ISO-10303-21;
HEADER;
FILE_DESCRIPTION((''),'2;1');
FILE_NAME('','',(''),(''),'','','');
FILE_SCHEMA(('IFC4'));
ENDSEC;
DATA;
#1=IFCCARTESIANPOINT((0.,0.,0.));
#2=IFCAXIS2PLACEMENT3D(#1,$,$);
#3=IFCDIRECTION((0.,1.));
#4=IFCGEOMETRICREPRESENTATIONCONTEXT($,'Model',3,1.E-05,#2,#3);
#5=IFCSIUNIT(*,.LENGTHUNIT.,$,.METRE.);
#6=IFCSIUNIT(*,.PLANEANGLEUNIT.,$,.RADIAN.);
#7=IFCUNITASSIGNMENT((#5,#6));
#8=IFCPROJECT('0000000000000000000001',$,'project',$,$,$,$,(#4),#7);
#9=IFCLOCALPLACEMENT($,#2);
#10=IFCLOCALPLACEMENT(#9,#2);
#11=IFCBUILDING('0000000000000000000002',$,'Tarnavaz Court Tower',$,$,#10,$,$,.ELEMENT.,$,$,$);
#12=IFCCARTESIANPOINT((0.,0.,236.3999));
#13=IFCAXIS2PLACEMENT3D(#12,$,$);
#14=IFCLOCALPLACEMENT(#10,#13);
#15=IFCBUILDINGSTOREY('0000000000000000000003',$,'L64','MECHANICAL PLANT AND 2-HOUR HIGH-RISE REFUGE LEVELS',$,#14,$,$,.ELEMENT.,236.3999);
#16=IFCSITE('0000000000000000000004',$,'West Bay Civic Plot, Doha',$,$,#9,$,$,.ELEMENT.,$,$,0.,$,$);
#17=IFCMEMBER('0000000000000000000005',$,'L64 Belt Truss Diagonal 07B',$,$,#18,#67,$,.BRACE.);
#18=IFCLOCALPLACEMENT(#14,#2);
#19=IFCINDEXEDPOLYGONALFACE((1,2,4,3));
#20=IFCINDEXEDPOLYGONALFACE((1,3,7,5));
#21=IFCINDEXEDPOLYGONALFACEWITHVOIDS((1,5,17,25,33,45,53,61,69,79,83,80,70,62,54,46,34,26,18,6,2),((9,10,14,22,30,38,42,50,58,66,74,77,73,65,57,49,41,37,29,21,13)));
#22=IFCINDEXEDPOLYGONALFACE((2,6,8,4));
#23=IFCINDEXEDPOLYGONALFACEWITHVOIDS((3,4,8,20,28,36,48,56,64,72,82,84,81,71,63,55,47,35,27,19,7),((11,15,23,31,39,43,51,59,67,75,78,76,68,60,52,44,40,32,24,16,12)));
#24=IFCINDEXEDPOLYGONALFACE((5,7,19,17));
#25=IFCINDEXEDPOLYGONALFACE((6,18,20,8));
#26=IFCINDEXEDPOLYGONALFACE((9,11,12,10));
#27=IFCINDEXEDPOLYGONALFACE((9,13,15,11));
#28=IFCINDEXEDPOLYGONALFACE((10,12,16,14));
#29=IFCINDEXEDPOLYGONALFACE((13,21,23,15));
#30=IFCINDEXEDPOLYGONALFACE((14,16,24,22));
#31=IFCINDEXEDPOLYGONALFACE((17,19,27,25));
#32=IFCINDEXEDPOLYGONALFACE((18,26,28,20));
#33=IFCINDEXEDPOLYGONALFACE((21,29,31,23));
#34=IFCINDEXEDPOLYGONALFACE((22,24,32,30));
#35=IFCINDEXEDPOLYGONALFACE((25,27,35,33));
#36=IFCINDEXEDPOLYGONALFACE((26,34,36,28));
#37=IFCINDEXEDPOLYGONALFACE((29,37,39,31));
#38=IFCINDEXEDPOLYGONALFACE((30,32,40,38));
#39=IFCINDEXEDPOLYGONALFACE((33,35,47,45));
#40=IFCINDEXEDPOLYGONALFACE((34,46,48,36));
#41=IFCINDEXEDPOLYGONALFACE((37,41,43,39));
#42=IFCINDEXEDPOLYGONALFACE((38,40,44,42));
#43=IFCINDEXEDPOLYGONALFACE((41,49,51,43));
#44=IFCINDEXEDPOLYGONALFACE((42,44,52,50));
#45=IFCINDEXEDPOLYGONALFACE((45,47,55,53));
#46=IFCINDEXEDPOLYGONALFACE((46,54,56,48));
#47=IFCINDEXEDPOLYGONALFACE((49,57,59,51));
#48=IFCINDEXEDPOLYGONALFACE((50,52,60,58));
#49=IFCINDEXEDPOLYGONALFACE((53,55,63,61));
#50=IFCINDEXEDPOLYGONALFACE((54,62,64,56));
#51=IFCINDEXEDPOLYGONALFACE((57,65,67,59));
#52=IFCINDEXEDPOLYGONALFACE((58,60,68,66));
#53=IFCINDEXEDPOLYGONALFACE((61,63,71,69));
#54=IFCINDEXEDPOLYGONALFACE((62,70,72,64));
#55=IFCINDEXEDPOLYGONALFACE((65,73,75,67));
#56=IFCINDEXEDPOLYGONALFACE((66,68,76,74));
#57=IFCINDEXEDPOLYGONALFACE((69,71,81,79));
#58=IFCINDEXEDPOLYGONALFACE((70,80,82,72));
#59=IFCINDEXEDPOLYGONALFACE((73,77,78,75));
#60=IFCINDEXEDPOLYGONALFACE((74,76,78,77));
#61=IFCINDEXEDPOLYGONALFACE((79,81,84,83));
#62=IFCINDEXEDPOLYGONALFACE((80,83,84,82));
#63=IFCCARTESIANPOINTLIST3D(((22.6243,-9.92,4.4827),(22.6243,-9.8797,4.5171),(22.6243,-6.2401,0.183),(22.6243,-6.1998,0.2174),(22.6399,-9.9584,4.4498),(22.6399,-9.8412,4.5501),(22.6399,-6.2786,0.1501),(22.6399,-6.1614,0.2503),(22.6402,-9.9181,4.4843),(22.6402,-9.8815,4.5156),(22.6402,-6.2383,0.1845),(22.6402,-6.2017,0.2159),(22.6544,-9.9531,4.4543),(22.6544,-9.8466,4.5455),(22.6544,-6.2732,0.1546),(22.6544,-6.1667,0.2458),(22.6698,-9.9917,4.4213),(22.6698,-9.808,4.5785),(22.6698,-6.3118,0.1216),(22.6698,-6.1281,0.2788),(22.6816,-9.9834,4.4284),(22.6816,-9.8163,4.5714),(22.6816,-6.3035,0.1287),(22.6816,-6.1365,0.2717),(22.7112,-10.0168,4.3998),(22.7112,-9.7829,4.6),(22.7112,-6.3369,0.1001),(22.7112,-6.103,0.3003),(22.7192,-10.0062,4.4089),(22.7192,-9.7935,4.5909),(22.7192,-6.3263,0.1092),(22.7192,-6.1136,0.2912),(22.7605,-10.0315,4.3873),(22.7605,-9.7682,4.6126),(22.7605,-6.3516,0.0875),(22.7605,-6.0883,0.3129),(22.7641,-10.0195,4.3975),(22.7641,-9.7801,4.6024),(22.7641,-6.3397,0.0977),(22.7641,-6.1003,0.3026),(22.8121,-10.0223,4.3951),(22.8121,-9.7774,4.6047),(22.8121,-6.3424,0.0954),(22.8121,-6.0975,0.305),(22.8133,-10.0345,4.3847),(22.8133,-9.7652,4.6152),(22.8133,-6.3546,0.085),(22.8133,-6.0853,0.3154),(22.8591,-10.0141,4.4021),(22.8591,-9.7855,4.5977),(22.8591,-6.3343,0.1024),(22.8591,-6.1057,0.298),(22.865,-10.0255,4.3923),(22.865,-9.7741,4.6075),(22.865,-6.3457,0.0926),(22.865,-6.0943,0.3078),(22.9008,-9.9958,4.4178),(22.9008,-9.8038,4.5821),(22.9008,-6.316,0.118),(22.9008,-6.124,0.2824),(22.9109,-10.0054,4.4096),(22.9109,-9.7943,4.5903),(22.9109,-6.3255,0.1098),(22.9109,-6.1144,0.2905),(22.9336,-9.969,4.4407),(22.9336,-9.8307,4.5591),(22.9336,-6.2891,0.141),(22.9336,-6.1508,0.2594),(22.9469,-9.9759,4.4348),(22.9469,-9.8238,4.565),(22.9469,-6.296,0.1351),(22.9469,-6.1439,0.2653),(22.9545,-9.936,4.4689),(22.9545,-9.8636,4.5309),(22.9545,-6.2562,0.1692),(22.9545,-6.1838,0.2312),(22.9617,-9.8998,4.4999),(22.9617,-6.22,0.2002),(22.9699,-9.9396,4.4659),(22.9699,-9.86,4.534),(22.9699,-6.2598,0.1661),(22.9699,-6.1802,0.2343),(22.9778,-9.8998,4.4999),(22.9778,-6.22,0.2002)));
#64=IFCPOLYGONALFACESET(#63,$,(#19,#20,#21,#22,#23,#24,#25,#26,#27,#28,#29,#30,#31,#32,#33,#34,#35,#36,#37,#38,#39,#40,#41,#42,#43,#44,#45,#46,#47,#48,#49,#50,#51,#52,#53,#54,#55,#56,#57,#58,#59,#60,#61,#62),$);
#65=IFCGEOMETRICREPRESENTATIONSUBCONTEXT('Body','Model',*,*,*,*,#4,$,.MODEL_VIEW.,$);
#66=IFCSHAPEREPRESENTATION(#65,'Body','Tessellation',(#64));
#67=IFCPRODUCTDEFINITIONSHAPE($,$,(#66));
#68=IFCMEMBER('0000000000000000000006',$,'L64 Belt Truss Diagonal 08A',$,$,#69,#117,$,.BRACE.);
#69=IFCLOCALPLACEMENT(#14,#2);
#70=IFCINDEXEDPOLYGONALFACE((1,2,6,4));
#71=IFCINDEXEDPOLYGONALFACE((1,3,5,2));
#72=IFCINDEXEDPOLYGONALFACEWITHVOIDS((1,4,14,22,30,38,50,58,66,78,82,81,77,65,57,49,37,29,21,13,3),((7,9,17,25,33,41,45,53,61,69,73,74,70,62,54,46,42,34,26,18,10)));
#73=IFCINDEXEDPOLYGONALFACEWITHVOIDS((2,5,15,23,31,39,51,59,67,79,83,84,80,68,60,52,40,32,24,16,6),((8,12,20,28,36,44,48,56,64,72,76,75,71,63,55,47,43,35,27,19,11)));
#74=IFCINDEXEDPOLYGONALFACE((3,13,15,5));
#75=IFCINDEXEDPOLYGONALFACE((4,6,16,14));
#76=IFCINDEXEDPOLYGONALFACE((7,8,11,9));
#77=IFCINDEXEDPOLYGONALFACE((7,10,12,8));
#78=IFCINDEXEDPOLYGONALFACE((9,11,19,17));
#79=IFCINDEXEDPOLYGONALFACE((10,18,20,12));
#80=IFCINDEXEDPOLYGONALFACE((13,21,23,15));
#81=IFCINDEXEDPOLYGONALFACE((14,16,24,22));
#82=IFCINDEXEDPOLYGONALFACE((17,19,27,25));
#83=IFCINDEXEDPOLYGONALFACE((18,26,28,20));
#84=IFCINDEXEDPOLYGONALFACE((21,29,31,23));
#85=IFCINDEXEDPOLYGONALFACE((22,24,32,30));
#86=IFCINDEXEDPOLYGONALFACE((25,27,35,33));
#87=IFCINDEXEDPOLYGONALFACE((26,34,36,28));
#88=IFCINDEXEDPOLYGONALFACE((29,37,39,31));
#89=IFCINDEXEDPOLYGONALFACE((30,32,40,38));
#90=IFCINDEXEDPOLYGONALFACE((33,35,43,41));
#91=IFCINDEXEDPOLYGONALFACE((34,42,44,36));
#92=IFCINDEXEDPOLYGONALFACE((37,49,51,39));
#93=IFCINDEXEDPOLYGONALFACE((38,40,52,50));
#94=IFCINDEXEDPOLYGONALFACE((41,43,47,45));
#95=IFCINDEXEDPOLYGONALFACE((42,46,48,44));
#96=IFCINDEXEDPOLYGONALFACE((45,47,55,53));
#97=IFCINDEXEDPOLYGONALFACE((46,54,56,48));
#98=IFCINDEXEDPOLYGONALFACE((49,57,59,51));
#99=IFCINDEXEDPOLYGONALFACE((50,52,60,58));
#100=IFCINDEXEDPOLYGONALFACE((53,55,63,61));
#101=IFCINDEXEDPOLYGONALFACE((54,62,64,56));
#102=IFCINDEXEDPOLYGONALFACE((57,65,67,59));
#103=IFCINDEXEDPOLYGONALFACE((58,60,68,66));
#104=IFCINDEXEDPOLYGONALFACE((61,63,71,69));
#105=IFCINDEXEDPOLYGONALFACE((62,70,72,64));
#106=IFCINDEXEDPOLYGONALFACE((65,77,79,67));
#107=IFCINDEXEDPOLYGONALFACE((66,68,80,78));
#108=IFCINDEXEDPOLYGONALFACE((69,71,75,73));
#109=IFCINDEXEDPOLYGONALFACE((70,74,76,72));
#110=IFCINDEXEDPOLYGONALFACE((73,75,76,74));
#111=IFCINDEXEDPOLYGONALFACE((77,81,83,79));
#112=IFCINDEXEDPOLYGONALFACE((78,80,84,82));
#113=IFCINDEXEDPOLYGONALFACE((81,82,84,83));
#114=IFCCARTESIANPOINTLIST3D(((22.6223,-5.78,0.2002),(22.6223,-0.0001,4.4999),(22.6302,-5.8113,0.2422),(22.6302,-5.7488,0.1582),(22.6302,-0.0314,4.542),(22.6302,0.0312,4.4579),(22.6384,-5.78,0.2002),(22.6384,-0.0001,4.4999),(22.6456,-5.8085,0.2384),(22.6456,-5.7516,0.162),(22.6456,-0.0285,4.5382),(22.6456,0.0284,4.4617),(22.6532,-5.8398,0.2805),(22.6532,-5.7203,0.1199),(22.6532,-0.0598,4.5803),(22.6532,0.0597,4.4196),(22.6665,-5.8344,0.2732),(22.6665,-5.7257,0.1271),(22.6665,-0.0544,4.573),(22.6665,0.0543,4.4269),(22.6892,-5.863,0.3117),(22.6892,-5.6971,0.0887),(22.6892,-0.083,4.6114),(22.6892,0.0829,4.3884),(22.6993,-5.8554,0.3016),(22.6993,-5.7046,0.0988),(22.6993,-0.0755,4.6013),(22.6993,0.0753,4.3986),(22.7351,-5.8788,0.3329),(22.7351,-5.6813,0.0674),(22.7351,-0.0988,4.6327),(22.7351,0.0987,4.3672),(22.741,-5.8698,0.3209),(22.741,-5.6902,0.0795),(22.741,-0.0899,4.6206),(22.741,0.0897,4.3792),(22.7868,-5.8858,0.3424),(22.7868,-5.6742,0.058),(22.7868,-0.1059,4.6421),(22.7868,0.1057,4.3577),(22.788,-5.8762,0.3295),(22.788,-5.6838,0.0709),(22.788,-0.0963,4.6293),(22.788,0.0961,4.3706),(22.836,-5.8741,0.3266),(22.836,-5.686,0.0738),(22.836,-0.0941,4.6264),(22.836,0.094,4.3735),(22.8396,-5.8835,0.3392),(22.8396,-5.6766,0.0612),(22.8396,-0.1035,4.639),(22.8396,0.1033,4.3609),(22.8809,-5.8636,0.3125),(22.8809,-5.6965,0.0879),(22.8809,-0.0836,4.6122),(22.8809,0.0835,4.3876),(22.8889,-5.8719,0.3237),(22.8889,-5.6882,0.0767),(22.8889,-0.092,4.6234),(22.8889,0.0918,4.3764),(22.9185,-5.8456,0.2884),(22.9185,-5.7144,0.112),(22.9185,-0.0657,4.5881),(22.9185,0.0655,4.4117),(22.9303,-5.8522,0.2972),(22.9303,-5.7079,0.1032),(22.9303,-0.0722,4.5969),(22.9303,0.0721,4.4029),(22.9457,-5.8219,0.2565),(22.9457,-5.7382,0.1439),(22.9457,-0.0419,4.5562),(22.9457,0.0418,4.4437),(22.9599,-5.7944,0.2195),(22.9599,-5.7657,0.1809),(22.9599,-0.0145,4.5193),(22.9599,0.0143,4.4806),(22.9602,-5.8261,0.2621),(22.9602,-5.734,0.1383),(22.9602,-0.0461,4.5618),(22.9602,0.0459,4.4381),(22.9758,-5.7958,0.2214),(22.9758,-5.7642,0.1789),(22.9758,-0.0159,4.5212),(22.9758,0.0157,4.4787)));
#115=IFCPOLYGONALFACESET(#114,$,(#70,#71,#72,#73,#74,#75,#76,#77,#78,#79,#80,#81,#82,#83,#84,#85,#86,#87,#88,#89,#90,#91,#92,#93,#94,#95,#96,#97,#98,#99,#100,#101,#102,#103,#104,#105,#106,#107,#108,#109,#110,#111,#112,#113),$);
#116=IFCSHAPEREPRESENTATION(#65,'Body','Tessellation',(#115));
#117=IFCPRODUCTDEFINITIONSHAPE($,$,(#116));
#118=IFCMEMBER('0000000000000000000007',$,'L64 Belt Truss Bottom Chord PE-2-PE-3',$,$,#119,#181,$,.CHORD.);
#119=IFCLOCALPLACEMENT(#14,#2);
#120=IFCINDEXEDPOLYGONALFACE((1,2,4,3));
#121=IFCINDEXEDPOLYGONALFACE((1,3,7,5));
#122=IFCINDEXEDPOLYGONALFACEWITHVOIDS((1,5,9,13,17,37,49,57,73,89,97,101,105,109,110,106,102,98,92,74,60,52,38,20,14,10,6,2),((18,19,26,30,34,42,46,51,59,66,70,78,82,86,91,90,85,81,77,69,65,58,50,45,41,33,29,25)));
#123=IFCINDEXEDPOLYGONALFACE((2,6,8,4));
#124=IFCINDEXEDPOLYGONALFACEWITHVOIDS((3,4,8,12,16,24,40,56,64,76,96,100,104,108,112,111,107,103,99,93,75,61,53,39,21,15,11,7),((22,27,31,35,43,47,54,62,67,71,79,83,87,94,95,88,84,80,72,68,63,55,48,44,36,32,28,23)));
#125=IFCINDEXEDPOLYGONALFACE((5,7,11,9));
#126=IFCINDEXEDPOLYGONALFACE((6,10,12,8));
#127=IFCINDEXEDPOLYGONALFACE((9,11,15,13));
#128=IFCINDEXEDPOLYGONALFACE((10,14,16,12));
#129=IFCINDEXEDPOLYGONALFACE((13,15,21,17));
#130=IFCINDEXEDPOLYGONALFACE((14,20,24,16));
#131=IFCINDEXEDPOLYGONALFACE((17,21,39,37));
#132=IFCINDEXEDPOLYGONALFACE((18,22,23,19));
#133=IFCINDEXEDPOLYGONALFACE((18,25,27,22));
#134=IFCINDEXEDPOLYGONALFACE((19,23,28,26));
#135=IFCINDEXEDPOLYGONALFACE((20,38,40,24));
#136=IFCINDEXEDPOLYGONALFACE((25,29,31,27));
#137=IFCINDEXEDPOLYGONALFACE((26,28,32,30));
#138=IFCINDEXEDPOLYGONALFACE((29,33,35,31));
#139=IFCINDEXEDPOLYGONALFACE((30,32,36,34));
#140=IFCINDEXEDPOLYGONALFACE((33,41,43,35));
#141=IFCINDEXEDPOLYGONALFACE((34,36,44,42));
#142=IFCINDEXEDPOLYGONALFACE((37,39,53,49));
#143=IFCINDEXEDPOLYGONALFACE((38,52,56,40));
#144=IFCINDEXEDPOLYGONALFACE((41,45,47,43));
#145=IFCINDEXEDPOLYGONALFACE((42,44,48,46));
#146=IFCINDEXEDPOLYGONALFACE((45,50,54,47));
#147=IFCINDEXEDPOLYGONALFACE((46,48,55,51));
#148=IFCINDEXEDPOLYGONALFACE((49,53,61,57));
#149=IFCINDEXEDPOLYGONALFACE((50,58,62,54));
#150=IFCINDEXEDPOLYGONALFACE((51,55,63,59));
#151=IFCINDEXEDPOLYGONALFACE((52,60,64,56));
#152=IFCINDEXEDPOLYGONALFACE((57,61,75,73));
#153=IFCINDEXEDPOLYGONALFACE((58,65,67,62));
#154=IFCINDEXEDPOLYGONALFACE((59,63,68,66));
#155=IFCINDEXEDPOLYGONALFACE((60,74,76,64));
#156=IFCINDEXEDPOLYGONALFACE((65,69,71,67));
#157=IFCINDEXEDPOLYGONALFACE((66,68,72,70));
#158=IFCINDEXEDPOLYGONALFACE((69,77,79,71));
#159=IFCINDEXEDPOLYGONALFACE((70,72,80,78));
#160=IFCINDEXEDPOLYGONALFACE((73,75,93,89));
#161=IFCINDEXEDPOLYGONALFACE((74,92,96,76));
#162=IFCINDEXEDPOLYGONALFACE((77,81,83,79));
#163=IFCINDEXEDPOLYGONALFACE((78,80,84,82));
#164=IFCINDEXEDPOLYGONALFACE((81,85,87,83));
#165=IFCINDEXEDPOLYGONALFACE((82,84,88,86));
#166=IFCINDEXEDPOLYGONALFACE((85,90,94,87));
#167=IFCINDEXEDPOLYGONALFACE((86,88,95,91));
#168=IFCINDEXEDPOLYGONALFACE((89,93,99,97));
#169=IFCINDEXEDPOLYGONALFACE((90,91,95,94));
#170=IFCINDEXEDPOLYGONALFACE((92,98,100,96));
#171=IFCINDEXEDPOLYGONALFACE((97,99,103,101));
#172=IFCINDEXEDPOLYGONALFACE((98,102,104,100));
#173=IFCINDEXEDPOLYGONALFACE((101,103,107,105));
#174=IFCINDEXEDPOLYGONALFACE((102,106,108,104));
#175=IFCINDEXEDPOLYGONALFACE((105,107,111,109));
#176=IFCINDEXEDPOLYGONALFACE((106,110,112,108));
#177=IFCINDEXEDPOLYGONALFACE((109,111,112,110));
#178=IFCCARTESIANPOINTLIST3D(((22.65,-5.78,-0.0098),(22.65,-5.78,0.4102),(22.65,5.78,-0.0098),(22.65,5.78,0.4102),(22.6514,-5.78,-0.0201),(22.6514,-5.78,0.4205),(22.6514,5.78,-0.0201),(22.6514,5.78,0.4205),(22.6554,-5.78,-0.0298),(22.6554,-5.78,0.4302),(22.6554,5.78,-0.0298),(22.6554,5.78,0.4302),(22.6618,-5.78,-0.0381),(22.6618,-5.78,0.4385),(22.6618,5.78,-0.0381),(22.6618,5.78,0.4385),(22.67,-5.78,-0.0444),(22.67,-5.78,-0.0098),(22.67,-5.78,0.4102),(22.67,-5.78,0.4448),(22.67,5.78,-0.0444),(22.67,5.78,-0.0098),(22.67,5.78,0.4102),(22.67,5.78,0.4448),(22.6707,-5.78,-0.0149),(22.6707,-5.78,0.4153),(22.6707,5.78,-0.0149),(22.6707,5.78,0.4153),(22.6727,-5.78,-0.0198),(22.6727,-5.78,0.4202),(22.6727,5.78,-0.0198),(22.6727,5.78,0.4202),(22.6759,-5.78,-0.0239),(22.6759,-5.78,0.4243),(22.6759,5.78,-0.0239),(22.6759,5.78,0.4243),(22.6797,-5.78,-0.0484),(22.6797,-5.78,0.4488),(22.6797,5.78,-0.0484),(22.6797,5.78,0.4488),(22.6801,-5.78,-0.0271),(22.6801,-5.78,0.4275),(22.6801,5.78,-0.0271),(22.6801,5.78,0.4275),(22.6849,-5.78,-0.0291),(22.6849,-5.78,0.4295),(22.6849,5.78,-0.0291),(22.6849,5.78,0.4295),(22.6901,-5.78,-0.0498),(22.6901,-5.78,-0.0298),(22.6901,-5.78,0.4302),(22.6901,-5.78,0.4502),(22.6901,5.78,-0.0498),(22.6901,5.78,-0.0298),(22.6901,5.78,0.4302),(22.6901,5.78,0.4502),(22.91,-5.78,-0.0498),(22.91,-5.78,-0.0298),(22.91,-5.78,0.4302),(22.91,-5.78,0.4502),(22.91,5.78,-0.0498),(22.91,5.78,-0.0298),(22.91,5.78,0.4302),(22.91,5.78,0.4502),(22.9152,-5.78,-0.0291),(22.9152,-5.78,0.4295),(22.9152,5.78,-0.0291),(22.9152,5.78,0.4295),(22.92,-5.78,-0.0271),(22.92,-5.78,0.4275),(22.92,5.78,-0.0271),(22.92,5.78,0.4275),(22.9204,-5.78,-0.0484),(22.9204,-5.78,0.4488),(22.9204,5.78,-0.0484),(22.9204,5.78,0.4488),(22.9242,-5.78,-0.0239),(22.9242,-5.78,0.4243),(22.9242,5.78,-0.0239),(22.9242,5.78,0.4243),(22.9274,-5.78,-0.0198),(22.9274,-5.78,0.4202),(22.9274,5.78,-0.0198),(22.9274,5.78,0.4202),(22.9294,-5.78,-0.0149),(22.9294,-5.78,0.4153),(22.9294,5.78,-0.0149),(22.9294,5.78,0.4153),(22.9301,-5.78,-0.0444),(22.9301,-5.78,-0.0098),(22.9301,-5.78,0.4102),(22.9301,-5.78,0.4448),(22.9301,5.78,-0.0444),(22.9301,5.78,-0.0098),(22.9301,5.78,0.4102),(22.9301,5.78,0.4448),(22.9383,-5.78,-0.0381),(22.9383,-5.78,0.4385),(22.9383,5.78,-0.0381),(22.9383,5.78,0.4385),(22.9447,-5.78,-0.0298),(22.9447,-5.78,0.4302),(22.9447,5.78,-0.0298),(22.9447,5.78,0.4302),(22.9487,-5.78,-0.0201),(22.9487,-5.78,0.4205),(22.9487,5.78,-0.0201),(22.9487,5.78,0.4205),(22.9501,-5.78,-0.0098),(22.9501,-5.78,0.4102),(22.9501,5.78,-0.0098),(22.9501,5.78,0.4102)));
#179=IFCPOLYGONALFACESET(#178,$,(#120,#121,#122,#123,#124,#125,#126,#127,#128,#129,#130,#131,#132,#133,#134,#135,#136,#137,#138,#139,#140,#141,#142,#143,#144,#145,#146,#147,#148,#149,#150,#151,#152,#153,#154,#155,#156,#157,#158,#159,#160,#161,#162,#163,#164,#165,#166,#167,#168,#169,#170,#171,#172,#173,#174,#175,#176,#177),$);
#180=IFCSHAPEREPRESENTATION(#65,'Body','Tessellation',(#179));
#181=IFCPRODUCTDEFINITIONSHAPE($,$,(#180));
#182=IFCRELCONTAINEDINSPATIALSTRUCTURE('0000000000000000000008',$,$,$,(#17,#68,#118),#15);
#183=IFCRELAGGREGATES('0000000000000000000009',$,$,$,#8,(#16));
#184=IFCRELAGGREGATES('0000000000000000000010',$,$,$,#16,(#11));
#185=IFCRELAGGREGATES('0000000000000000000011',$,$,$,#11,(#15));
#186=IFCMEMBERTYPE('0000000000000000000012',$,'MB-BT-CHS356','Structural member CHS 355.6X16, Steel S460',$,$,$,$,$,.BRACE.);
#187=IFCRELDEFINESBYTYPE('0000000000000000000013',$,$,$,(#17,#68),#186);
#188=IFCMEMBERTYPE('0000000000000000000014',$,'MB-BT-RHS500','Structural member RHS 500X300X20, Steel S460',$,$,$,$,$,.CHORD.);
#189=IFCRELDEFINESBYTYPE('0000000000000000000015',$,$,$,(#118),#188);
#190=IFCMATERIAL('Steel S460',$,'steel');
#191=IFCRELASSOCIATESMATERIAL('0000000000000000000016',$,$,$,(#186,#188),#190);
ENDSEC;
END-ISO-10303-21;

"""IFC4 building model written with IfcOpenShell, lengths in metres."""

from ifc_helpers import new_model, si_unit, direction, frame, origin, origin_2d, place, context, subcontext, project, spatial, hollow_rectangle, hollow_circle, extrude, material, material_profile, profile_set, type_object, element, save


model = new_model("IFC4")

# Units and contexts
model_context = context("Model", 3, precision=1e-05, world=origin(), true_north=direction((0.0, 1.0)))
body_context = subcontext(model_context, "Body", "Model", "MODEL_VIEW")
ifc_project = project(units=[si_unit("LENGTHUNIT", "METRE"), si_unit("PLANEANGLEUNIT", "RADIAN")], contexts=[model_context])

# Site, building, storey
site_placement = place(None, origin())
site = spatial("IfcSite", under=ifc_project, at=site_placement, Name="West Bay Civic Plot, Doha", CompositionType="ELEMENT", RefElevation=0.0)
building_placement = place(site_placement, origin())
building = spatial("IfcBuilding", under=site, at=building_placement, Name="Tarnavaz Court Tower", CompositionType="ELEMENT")
storey_placement = place(building_placement, frame((0.0, 0.0, 236.3999)))
storey = spatial("IfcBuildingStorey", under=building, at=storey_placement, Name="L64", Description="MECHANICAL PLANT AND 2-HOUR HIGH-RISE REFUGE LEVELS", CompositionType="ELEMENT", Elevation=236.3999)

# Shared definitions
ifc_material_1 = material(Name="Steel S460", Category="steel")

# Members
ifc_material_profile_1 = material_profile(ifc_material_1, hollow_circle(Radius=0.1777, WallThickness=0.0161, at=origin_2d()), Name="CHS 355.6X16")
ifc_profile_set_1 = profile_set([ifc_material_profile_1], Name="Steel S460")
member_type_1 = type_object("IfcMemberType", Name="MB-BT-CHS356", Description="Structural member CHS 355.6X16, Steel S460", PredefinedType="BRACE", material=ifc_profile_set_1)
member_1_placement = place(storey_placement, frame((22.8, -6.22, 0.2002), z_axis=(0.0, -0.650219, 0.759747), x_axis=(1.0, 0.0, 0.0)))
element("IfcMember", 1, at=member_1_placement, inside=storey, type_object=member_type_1, Name="L64 Belt Truss Diagonal 07B", PredefinedType="BRACE", context=body_context, shape_type="SweptSolid", body=[
    extrude(hollow_circle(Radius=0.1777, WallThickness=0.0161, at=origin_2d()), origin(), (0.0, 0.0, 1.0), 5.6594),
])
member_2_placement = place(storey_placement, frame((22.8, -5.78, 0.2002), z_axis=(0.0, 0.80234, 0.596867), x_axis=(-1.0, 0.0, 0.0)))
element("IfcMember", 2, at=member_2_placement, inside=storey, type_object=member_type_1, Name="L64 Belt Truss Diagonal 08A", PredefinedType="BRACE", context=body_context, shape_type="SweptSolid", body=[
    extrude(hollow_circle(Radius=0.1777, WallThickness=0.0161, at=origin_2d()), origin(), (0.0, 0.0, 1.0), 7.2039),
])
ifc_material_profile_2 = material_profile(ifc_material_1, hollow_rectangle(XDim=0.3, YDim=0.5, WallThickness=0.02, InnerFilletRadius=0.02, OuterFilletRadius=0.04, at=origin_2d()), Name="RHS 500X300X20")
ifc_profile_set_2 = profile_set([ifc_material_profile_2], Name="Steel S460")
member_type_2 = type_object("IfcMemberType", Name="MB-BT-RHS500", Description="Structural member RHS 500X300X20, Steel S460", PredefinedType="CHORD", material=ifc_profile_set_2)
member_3_placement = place(storey_placement, frame((22.8, -5.78, 0.2002), z_axis=(0.0, 1.0, 0.0), x_axis=(-1.0, 0.0, 0.0)))
element("IfcMember", 3, at=member_3_placement, inside=storey, type_object=member_type_2, Name="L64 Belt Truss Bottom Chord PE-2-PE-3", PredefinedType="CHORD", context=body_context, shape_type="SweptSolid", body=[
    extrude(hollow_rectangle(XDim=0.3, YDim=0.5, WallThickness=0.02, InnerFilletRadius=0.02, OuterFilletRadius=0.04, at=origin_2d()), origin(), (0.0, 0.0, 1.0), 11.5601),
])

save(model, "model.ifc")
